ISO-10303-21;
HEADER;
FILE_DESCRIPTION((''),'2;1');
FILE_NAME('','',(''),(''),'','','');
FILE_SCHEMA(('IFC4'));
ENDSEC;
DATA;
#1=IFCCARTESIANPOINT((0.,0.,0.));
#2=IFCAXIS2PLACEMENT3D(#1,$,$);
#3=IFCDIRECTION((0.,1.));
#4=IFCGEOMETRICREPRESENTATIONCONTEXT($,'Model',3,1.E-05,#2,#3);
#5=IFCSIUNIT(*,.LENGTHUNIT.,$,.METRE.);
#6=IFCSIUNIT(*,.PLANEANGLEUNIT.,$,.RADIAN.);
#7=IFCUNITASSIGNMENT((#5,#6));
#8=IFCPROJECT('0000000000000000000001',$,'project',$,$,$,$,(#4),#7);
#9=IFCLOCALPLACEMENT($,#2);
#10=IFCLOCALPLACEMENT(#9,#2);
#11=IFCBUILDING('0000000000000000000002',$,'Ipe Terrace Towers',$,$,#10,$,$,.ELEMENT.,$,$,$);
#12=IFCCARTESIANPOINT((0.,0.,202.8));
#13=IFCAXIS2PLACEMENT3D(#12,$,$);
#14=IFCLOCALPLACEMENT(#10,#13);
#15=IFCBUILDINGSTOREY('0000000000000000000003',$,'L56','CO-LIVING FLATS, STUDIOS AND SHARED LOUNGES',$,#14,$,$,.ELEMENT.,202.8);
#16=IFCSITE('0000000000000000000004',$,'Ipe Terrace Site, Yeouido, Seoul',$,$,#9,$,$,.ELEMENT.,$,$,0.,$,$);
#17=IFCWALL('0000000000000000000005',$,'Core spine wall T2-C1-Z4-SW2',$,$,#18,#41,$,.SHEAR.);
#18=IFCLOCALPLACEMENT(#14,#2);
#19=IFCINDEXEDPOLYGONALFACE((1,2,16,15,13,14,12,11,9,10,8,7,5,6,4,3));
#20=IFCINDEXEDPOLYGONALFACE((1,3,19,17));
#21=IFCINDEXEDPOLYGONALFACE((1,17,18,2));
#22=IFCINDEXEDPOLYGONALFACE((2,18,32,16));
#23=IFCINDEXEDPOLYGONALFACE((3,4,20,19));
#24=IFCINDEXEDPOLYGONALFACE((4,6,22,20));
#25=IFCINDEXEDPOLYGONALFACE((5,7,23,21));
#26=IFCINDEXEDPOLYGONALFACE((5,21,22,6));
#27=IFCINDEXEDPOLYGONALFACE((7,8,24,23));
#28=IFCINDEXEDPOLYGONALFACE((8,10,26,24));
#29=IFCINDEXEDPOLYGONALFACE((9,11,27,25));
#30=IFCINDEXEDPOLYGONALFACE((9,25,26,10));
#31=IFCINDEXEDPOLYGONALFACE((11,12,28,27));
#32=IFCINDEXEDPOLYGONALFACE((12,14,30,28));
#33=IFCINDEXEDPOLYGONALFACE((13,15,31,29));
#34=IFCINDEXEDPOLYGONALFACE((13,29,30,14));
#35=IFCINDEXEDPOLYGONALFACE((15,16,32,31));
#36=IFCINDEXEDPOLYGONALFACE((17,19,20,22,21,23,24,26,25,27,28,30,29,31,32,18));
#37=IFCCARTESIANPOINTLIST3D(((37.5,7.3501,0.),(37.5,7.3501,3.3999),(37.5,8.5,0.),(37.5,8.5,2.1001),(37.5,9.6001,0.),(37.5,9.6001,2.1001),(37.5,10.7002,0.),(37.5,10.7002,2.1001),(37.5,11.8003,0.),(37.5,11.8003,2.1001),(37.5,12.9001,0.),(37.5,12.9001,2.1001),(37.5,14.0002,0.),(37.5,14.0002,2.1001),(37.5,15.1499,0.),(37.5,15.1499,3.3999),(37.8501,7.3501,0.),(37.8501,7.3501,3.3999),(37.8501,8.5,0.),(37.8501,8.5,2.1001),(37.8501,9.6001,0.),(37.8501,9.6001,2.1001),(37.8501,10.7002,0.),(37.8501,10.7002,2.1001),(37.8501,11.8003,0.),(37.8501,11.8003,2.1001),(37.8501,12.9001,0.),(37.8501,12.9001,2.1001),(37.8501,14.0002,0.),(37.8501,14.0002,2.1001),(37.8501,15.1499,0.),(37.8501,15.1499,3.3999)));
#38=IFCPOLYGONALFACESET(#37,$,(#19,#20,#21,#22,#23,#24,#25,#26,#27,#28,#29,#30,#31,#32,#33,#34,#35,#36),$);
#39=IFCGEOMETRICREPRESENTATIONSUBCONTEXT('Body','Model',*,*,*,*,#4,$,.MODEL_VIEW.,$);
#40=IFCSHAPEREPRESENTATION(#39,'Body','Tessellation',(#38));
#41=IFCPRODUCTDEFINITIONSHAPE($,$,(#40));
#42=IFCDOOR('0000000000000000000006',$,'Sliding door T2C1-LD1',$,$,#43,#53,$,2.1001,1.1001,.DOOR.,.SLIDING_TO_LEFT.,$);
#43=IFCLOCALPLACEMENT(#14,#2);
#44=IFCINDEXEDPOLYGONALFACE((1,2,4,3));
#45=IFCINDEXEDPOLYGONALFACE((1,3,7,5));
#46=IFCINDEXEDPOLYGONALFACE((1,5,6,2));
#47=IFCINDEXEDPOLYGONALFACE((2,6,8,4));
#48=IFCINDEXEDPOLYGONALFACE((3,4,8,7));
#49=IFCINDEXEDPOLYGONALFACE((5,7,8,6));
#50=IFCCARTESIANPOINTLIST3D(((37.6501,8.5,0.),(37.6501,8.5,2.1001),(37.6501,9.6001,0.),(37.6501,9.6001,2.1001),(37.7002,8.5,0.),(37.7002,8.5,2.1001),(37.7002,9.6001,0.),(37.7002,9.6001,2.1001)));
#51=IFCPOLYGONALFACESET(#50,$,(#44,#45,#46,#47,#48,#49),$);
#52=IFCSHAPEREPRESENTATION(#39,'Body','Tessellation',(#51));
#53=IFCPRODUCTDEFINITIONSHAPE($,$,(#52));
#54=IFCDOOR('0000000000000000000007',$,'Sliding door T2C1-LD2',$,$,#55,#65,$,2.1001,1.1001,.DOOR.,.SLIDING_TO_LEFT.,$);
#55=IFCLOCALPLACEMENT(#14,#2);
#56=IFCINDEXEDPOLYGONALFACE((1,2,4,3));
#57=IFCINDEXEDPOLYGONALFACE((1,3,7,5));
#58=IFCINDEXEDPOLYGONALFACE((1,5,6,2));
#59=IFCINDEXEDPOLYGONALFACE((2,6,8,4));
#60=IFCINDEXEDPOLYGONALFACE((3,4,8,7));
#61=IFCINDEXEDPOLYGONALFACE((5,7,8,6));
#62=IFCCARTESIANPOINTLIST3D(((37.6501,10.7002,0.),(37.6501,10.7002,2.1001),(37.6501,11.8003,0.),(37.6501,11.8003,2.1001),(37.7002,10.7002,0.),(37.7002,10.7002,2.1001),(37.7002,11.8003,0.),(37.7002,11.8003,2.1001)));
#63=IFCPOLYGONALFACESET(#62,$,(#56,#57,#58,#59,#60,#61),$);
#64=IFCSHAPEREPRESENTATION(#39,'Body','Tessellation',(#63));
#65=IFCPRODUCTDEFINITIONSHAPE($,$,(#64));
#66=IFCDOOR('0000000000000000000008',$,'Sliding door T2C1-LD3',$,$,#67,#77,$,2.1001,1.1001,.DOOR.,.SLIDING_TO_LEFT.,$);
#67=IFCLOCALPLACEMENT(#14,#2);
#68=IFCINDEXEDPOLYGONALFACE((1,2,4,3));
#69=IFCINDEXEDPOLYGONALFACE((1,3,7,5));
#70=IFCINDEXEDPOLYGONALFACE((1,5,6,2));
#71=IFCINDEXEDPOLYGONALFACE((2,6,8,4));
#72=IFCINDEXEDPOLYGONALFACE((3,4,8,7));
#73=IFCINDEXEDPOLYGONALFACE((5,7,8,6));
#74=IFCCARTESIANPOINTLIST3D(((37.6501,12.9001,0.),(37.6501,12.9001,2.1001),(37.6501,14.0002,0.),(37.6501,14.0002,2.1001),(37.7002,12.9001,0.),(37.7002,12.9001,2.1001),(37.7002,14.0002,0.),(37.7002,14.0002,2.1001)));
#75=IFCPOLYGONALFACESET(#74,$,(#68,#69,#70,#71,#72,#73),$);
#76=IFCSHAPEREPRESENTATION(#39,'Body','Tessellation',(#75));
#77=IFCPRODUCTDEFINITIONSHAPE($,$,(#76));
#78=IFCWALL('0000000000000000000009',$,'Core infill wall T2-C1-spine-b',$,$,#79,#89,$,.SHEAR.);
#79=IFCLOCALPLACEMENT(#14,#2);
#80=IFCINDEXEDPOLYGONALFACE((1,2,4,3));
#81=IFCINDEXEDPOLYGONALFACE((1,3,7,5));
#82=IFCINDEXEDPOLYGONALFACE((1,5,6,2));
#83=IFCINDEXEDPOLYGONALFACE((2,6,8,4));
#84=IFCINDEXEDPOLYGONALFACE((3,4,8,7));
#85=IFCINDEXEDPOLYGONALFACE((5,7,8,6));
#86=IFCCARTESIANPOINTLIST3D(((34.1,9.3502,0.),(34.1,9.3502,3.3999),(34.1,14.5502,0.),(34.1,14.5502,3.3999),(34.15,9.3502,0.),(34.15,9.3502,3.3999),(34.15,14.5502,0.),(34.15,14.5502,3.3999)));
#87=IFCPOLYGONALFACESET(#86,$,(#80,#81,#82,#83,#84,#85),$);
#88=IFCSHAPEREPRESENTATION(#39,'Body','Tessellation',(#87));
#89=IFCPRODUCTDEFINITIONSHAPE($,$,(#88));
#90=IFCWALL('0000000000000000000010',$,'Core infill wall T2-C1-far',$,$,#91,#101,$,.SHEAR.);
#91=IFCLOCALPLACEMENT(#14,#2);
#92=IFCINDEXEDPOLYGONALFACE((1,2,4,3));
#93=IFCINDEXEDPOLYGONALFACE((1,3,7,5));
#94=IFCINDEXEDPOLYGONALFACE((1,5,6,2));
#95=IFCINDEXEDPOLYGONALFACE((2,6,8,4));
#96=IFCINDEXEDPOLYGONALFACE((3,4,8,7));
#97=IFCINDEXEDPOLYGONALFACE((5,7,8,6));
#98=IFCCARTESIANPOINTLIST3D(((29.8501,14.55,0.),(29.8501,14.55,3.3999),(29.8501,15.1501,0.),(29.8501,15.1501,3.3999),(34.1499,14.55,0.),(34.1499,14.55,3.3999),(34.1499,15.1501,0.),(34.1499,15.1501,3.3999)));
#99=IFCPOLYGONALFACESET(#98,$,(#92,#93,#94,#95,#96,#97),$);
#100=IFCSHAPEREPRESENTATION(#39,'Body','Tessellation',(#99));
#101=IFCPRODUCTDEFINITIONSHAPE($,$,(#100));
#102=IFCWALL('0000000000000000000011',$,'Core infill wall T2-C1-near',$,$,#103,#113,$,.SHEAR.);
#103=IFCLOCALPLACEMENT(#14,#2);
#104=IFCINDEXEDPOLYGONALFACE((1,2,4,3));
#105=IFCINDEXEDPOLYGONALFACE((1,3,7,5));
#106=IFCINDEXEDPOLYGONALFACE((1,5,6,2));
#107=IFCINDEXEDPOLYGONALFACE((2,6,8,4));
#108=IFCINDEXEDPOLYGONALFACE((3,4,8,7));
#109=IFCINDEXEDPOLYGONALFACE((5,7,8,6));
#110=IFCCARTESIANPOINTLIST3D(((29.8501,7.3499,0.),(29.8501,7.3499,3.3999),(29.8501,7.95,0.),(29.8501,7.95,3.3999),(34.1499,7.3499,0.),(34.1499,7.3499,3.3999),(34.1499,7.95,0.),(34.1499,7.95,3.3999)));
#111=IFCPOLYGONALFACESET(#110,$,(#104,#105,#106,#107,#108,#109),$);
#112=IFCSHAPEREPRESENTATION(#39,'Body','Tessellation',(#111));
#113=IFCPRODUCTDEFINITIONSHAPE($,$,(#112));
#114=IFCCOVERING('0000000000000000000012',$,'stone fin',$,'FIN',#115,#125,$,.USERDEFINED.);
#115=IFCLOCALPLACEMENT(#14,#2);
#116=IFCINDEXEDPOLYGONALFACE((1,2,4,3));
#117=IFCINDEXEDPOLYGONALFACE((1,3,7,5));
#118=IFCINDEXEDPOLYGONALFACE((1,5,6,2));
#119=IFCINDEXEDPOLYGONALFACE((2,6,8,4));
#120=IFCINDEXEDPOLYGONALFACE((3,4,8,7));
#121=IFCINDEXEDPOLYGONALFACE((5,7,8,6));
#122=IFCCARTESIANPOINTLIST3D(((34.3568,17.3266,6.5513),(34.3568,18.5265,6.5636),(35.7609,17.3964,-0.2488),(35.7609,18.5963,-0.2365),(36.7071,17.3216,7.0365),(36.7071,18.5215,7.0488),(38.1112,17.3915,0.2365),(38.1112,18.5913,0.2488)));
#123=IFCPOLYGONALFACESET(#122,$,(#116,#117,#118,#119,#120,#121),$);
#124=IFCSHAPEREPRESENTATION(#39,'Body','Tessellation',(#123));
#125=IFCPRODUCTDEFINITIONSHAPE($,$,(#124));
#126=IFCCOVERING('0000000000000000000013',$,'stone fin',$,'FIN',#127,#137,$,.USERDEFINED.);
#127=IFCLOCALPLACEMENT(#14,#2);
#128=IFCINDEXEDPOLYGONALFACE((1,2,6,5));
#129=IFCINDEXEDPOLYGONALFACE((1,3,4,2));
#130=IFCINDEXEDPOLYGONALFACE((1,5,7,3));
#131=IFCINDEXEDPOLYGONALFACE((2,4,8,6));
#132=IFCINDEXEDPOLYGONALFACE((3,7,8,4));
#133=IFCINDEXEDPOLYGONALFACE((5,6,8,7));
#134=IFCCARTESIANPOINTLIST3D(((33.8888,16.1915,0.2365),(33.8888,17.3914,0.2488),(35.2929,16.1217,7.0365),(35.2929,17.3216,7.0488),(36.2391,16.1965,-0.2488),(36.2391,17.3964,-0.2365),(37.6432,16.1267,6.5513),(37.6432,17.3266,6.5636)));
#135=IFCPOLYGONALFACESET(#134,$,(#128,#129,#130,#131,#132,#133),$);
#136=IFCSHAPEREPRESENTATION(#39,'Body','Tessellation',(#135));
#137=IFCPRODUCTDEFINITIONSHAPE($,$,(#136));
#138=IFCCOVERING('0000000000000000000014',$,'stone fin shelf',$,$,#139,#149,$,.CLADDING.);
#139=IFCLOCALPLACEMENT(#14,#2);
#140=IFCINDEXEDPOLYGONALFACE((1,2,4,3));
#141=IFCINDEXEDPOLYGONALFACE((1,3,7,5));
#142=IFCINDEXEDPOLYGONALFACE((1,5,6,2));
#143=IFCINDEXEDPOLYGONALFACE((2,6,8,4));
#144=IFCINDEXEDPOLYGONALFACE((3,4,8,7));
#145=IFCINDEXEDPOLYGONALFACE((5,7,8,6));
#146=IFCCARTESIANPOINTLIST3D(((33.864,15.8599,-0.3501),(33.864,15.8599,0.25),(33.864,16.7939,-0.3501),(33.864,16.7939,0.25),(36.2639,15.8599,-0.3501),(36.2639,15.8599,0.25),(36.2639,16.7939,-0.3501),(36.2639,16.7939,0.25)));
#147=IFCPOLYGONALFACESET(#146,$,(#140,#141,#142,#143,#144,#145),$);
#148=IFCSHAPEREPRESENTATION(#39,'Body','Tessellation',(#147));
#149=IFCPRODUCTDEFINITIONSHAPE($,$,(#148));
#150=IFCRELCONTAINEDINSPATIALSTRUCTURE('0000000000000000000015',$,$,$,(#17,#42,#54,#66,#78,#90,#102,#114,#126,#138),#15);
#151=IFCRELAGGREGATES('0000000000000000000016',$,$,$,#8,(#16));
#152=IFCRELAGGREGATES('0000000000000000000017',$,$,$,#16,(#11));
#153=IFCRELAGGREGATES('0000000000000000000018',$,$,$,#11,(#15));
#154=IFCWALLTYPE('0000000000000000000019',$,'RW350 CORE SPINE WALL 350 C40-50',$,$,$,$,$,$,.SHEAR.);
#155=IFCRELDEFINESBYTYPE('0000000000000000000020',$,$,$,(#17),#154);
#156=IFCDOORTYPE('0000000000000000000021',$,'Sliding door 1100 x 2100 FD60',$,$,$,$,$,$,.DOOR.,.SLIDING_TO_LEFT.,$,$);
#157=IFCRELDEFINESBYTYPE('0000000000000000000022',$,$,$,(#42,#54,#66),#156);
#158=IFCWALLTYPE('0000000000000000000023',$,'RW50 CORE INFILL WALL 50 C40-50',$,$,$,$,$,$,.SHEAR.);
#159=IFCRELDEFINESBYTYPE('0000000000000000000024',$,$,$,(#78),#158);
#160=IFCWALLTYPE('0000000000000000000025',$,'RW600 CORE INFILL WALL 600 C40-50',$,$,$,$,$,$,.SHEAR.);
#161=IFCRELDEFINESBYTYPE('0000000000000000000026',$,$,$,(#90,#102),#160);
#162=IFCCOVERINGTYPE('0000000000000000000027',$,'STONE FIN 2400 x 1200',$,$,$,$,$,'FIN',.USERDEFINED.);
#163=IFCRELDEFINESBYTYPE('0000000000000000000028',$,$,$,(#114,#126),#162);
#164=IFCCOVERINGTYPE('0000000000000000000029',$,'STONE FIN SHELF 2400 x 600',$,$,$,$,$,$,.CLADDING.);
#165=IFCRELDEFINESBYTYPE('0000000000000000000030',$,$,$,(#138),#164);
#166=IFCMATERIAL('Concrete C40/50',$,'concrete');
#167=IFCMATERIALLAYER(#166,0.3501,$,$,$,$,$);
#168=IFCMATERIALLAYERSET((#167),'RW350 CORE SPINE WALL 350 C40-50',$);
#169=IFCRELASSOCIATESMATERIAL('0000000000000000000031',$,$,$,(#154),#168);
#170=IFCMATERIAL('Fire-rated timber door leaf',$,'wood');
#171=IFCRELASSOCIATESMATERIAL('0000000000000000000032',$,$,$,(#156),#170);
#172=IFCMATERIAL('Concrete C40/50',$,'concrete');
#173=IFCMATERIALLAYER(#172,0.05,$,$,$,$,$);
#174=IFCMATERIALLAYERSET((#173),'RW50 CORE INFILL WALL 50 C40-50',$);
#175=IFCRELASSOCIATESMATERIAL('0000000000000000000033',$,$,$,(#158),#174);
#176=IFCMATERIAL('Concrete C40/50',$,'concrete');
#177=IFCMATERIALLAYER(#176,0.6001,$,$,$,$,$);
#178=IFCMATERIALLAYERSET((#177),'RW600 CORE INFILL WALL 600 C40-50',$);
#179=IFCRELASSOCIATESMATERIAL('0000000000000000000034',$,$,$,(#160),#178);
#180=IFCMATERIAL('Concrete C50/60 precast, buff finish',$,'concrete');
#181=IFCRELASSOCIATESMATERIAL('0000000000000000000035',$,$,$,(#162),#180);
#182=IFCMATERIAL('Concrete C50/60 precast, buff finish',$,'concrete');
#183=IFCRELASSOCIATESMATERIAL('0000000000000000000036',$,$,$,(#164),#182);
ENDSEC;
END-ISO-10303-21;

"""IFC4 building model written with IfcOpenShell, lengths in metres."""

from ifc_helpers import new_model, si_unit, direction, frame, frame_2d, origin, origin_2d, place, context, subcontext, project, spatial, rectangle, extrude, material, layer, layer_set, material_profile, profile_set, type_object, element, fill, save


model = new_model("IFC4")

# Units and contexts
model_context = context("Model", 3, precision=1e-05, world=origin(), true_north=direction((0.0, 1.0)))
body_context = subcontext(model_context, "Body", "Model", "MODEL_VIEW")
ifc_project = project(units=[si_unit("LENGTHUNIT", "METRE"), si_unit("PLANEANGLEUNIT", "RADIAN")], contexts=[model_context])

# Site, building, storey
site_placement = place(None, origin())
site = spatial("IfcSite", under=ifc_project, at=site_placement, Name="Ipe Terrace Site, Yeouido, Seoul", CompositionType="ELEMENT", RefElevation=0.0)
building_placement = place(site_placement, origin())
building = spatial("IfcBuilding", under=site, at=building_placement, Name="Ipe Terrace Towers", CompositionType="ELEMENT")
storey_placement = place(building_placement, frame((0.0, 0.0, 202.8)))
storey = spatial("IfcBuildingStorey", under=building, at=storey_placement, Name="L56", Description="CO-LIVING FLATS, STUDIOS AND SHARED LOUNGES", CompositionType="ELEMENT", Elevation=202.8)

# Shared definitions
ifc_material_1 = material(Name="Concrete C40/50", Category="concrete")
ifc_layer_1 = layer(ifc_material_1, 0.3501)
ifc_layer_set_1 = layer_set([ifc_layer_1], Name="RW350 CORE SPINE WALL 350 C40-50")
wall_type_1 = type_object("IfcWallType", Name="RW350 CORE SPINE WALL 350 C40-50", PredefinedType="SHEAR", material=ifc_layer_set_1)

# Wall, openings, doors
wall_1_placement = place(storey_placement, frame((37.675, 7.3501, 0.0), z_axis=(0.0, 0.0, 1.0), x_axis=(0.0, 1.0, 0.0)))
wall_1 = element("IfcWall", 1, at=wall_1_placement, inside=storey, type_object=wall_type_1, Name="Core spine wall T2-C1-Z4-SW2", PredefinedType="SHEAR", context=body_context, shape_type="SweptSolid", body=[
    extrude(rectangle(XDim=7.7998, YDim=0.3501, at=frame_2d((3.8999, 0.0))), origin(), (0.0, 0.0, 1.0), 3.3999),
])
opening_1_placement = place(wall_1_placement, frame((1.1499, 0.0, 0.0)))
opening_1 = element("IfcOpeningElement", 2, at=opening_1_placement, cuts=wall_1, PredefinedType="OPENING", context=body_context, shape_type="SweptSolid", body=[
    extrude(rectangle(XDim=1.1001, YDim=2.1001, at=frame_2d((0.55, 1.05))), frame((0.0, 0.1851, 0.0), z_axis=(0.0, -1.0, 0.0), x_axis=(1.0, 0.0, 0.0)), (0.0, 0.0, 1.0), 0.3701),
])
opening_2_placement = place(wall_1_placement, frame((3.3501, 0.0, 0.0)))
opening_2 = element("IfcOpeningElement", 3, at=opening_2_placement, cuts=wall_1, PredefinedType="OPENING", context=body_context, shape_type="SweptSolid", body=[
    extrude(rectangle(XDim=1.1001, YDim=2.1001, at=frame_2d((0.55, 1.05))), frame((0.0, 0.1851, 0.0), z_axis=(0.0, -1.0, 0.0), x_axis=(1.0, 0.0, 0.0)), (0.0, 0.0, 1.0), 0.3701),
])
opening_3_placement = place(wall_1_placement, frame((5.55, 0.0, 0.0)))
opening_3 = element("IfcOpeningElement", 4, at=opening_3_placement, cuts=wall_1, PredefinedType="OPENING", context=body_context, shape_type="SweptSolid", body=[
    extrude(rectangle(XDim=1.1001, YDim=2.1001, at=frame_2d((0.55, 1.05))), frame((0.0, 0.1851, 0.0), z_axis=(0.0, -1.0, 0.0), x_axis=(1.0, 0.0, 0.0)), (0.0, 0.0, 1.0), 0.3701),
])
ifc_material_2 = material(Name="Fire-rated timber door leaf", Category="wood")
door_type_1 = type_object("IfcDoorType", Name="Sliding door 1100 x 2100 FD60", OperationType="SLIDING_TO_LEFT", PredefinedType="DOOR", material=ifc_material_2)
door_1_placement = place(opening_1_placement, origin())
door_1 = element("IfcDoor", 5, at=door_1_placement, inside=storey, type_object=door_type_1, Name="Sliding door T2C1-LD1", OperationType="SLIDING_TO_LEFT", OverallHeight=2.1001, OverallWidth=1.1001, PredefinedType="DOOR", context=body_context, shape_type="SweptSolid", body=[
    extrude(rectangle(XDim=1.1001, YDim=2.1001, at=frame_2d((0.55, 1.05))), frame((0.0, 0.0249, 0.0), z_axis=(0.0, -1.0, 0.0), x_axis=(1.0, 0.0, 0.0)), (0.0, 0.0, 1.0), 0.05),
])
fill(opening_1, door_1)
door_2_placement = place(opening_2_placement, origin())
door_2 = element("IfcDoor", 6, at=door_2_placement, inside=storey, type_object=door_type_1, Name="Sliding door T2C1-LD2", OperationType="SLIDING_TO_LEFT", OverallHeight=2.1001, OverallWidth=1.1001, PredefinedType="DOOR", context=body_context, shape_type="SweptSolid", body=[
    extrude(rectangle(XDim=1.1001, YDim=2.1001, at=frame_2d((0.55, 1.05))), frame((0.0, 0.0249, 0.0), z_axis=(0.0, -1.0, 0.0), x_axis=(1.0, 0.0, 0.0)), (0.0, 0.0, 1.0), 0.05),
])
fill(opening_2, door_2)
door_3_placement = place(opening_3_placement, origin())
door_3 = element("IfcDoor", 7, at=door_3_placement, inside=storey, type_object=door_type_1, Name="Sliding door T2C1-LD3", OperationType="SLIDING_TO_LEFT", OverallHeight=2.1001, OverallWidth=1.1001, PredefinedType="DOOR", context=body_context, shape_type="SweptSolid", body=[
    extrude(rectangle(XDim=1.1001, YDim=2.1001, at=frame_2d((0.55, 1.05))), frame((0.0, 0.0249, 0.0), z_axis=(0.0, -1.0, 0.0), x_axis=(1.0, 0.0, 0.0)), (0.0, 0.0, 1.0), 0.05),
])
fill(opening_3, door_3)

# Walls
ifc_material_3 = material(Name="Concrete C40/50", Category="concrete")
ifc_layer_2 = layer(ifc_material_3, 0.05)
ifc_layer_set_2 = layer_set([ifc_layer_2], Name="RW50 CORE INFILL WALL 50 C40-50")
wall_type_2 = type_object("IfcWallType", Name="RW50 CORE INFILL WALL 50 C40-50", PredefinedType="SHEAR", material=ifc_layer_set_2)
wall_2_placement = place(storey_placement, frame((34.125, 9.3501, 0.0), z_axis=(0.0, 0.0, 1.0), x_axis=(0.0, 1.0, 0.0)))
element("IfcWall", 8, at=wall_2_placement, inside=storey, type_object=wall_type_2, Name="Core infill wall T2-C1-spine-b", PredefinedType="SHEAR", context=body_context, shape_type="SweptSolid", body=[
    extrude(rectangle(XDim=5.2, YDim=0.05, at=frame_2d((2.6001, 0.0))), origin(), (0.0, 0.0, 1.0), 3.3999),
])
ifc_material_4 = material(Name="Concrete C40/50", Category="concrete")
ifc_layer_3 = layer(ifc_material_4, 0.6001)
ifc_layer_set_3 = layer_set([ifc_layer_3], Name="RW600 CORE INFILL WALL 600 C40-50")
wall_type_3 = type_object("IfcWallType", Name="RW600 CORE INFILL WALL 600 C40-50", PredefinedType="SHEAR", material=ifc_layer_set_3)
for number, where, z_axis, x_axis, name in (
    (9, (34.1499, 14.8501, 0.0), (0.0, 0.0, 1.0), (-1.0, 0.0, 0.0), "Core infill wall T2-C1-far"),
    (10, (34.1499, 7.6499, 0.0), (0.0, 0.0, 1.0), (-1.0, 0.0, 0.0), "Core infill wall T2-C1-near"),
):
    element("IfcWall", number, at=place(storey_placement, frame(where, z_axis=z_axis, x_axis=x_axis)), inside=storey, type_object=wall_type_3, Name=name, PredefinedType="SHEAR", context=body_context, shape_type="SweptSolid", body=[
        extrude(rectangle(XDim=4.2998, YDim=0.6001, at=frame_2d((2.1499, 0.0))), origin(), (0.0, 0.0, 1.0), 3.3999),
    ])

# Coverings
ifc_material_5 = material(Name="Concrete C50/60 precast, buff finish", Category="concrete")
ifc_material_profile_1 = material_profile(ifc_material_5, rectangle(XDim=2.3999, YDim=1.2, at=origin_2d()), Name="STONE FIN 2400 x 1200")
ifc_profile_set_1 = profile_set([ifc_material_profile_1], Name="Concrete C50/60 precast, buff finish")
covering_type_1 = type_object("IfcCoveringType", Name="STONE FIN 2400 x 1200", ElementType="FIN", PredefinedType="USERDEFINED", material=ifc_profile_set_1)
for number, where, z_axis, x_axis, name in (
    (11, (36.936, 17.9939, 0.0), (-0.202201, -0.010056, 0.979292), (-0.979344, 0.002076, -0.202191), "stone fin"),
    (12, (35.064, 16.7939, 0.0), (0.202201, -0.010056, 0.979292), (-0.979344, -0.002076, 0.202191), "stone fin"),
):
    element("IfcCovering", number, at=place(storey_placement, frame(where, z_axis=z_axis, x_axis=x_axis)), inside=storey, type_object=covering_type_1, Name=name, ObjectType="FIN", PredefinedType="USERDEFINED", context=body_context, shape_type="SweptSolid", body=[
        extrude(rectangle(XDim=2.3999, YDim=1.2, at=origin_2d()), origin(), (0.0, 0.0, 1.0), 6.9438),
    ])
ifc_material_6 = material(Name="Concrete C50/60 precast, buff finish", Category="concrete")
covering_type_2 = type_object("IfcCoveringType", Name="STONE FIN SHELF 2400 x 600", PredefinedType="CLADDING", material=ifc_material_6)
covering_placement = place(storey_placement, frame((35.064, 16.3269, -0.3501), z_axis=(0.0, 0.0, 1.0), x_axis=(-1.0, 0.0, 0.0)))
element("IfcCovering", 13, at=covering_placement, inside=storey, type_object=covering_type_2, Name="stone fin shelf", PredefinedType="CLADDING", context=body_context, shape_type="SweptSolid", body=[
    extrude(rectangle(XDim=2.3999, YDim=0.9341, at=origin_2d()), origin(), (0.0, 0.0, 1.0), 0.6001),
])

save(model, "model.ifc")
